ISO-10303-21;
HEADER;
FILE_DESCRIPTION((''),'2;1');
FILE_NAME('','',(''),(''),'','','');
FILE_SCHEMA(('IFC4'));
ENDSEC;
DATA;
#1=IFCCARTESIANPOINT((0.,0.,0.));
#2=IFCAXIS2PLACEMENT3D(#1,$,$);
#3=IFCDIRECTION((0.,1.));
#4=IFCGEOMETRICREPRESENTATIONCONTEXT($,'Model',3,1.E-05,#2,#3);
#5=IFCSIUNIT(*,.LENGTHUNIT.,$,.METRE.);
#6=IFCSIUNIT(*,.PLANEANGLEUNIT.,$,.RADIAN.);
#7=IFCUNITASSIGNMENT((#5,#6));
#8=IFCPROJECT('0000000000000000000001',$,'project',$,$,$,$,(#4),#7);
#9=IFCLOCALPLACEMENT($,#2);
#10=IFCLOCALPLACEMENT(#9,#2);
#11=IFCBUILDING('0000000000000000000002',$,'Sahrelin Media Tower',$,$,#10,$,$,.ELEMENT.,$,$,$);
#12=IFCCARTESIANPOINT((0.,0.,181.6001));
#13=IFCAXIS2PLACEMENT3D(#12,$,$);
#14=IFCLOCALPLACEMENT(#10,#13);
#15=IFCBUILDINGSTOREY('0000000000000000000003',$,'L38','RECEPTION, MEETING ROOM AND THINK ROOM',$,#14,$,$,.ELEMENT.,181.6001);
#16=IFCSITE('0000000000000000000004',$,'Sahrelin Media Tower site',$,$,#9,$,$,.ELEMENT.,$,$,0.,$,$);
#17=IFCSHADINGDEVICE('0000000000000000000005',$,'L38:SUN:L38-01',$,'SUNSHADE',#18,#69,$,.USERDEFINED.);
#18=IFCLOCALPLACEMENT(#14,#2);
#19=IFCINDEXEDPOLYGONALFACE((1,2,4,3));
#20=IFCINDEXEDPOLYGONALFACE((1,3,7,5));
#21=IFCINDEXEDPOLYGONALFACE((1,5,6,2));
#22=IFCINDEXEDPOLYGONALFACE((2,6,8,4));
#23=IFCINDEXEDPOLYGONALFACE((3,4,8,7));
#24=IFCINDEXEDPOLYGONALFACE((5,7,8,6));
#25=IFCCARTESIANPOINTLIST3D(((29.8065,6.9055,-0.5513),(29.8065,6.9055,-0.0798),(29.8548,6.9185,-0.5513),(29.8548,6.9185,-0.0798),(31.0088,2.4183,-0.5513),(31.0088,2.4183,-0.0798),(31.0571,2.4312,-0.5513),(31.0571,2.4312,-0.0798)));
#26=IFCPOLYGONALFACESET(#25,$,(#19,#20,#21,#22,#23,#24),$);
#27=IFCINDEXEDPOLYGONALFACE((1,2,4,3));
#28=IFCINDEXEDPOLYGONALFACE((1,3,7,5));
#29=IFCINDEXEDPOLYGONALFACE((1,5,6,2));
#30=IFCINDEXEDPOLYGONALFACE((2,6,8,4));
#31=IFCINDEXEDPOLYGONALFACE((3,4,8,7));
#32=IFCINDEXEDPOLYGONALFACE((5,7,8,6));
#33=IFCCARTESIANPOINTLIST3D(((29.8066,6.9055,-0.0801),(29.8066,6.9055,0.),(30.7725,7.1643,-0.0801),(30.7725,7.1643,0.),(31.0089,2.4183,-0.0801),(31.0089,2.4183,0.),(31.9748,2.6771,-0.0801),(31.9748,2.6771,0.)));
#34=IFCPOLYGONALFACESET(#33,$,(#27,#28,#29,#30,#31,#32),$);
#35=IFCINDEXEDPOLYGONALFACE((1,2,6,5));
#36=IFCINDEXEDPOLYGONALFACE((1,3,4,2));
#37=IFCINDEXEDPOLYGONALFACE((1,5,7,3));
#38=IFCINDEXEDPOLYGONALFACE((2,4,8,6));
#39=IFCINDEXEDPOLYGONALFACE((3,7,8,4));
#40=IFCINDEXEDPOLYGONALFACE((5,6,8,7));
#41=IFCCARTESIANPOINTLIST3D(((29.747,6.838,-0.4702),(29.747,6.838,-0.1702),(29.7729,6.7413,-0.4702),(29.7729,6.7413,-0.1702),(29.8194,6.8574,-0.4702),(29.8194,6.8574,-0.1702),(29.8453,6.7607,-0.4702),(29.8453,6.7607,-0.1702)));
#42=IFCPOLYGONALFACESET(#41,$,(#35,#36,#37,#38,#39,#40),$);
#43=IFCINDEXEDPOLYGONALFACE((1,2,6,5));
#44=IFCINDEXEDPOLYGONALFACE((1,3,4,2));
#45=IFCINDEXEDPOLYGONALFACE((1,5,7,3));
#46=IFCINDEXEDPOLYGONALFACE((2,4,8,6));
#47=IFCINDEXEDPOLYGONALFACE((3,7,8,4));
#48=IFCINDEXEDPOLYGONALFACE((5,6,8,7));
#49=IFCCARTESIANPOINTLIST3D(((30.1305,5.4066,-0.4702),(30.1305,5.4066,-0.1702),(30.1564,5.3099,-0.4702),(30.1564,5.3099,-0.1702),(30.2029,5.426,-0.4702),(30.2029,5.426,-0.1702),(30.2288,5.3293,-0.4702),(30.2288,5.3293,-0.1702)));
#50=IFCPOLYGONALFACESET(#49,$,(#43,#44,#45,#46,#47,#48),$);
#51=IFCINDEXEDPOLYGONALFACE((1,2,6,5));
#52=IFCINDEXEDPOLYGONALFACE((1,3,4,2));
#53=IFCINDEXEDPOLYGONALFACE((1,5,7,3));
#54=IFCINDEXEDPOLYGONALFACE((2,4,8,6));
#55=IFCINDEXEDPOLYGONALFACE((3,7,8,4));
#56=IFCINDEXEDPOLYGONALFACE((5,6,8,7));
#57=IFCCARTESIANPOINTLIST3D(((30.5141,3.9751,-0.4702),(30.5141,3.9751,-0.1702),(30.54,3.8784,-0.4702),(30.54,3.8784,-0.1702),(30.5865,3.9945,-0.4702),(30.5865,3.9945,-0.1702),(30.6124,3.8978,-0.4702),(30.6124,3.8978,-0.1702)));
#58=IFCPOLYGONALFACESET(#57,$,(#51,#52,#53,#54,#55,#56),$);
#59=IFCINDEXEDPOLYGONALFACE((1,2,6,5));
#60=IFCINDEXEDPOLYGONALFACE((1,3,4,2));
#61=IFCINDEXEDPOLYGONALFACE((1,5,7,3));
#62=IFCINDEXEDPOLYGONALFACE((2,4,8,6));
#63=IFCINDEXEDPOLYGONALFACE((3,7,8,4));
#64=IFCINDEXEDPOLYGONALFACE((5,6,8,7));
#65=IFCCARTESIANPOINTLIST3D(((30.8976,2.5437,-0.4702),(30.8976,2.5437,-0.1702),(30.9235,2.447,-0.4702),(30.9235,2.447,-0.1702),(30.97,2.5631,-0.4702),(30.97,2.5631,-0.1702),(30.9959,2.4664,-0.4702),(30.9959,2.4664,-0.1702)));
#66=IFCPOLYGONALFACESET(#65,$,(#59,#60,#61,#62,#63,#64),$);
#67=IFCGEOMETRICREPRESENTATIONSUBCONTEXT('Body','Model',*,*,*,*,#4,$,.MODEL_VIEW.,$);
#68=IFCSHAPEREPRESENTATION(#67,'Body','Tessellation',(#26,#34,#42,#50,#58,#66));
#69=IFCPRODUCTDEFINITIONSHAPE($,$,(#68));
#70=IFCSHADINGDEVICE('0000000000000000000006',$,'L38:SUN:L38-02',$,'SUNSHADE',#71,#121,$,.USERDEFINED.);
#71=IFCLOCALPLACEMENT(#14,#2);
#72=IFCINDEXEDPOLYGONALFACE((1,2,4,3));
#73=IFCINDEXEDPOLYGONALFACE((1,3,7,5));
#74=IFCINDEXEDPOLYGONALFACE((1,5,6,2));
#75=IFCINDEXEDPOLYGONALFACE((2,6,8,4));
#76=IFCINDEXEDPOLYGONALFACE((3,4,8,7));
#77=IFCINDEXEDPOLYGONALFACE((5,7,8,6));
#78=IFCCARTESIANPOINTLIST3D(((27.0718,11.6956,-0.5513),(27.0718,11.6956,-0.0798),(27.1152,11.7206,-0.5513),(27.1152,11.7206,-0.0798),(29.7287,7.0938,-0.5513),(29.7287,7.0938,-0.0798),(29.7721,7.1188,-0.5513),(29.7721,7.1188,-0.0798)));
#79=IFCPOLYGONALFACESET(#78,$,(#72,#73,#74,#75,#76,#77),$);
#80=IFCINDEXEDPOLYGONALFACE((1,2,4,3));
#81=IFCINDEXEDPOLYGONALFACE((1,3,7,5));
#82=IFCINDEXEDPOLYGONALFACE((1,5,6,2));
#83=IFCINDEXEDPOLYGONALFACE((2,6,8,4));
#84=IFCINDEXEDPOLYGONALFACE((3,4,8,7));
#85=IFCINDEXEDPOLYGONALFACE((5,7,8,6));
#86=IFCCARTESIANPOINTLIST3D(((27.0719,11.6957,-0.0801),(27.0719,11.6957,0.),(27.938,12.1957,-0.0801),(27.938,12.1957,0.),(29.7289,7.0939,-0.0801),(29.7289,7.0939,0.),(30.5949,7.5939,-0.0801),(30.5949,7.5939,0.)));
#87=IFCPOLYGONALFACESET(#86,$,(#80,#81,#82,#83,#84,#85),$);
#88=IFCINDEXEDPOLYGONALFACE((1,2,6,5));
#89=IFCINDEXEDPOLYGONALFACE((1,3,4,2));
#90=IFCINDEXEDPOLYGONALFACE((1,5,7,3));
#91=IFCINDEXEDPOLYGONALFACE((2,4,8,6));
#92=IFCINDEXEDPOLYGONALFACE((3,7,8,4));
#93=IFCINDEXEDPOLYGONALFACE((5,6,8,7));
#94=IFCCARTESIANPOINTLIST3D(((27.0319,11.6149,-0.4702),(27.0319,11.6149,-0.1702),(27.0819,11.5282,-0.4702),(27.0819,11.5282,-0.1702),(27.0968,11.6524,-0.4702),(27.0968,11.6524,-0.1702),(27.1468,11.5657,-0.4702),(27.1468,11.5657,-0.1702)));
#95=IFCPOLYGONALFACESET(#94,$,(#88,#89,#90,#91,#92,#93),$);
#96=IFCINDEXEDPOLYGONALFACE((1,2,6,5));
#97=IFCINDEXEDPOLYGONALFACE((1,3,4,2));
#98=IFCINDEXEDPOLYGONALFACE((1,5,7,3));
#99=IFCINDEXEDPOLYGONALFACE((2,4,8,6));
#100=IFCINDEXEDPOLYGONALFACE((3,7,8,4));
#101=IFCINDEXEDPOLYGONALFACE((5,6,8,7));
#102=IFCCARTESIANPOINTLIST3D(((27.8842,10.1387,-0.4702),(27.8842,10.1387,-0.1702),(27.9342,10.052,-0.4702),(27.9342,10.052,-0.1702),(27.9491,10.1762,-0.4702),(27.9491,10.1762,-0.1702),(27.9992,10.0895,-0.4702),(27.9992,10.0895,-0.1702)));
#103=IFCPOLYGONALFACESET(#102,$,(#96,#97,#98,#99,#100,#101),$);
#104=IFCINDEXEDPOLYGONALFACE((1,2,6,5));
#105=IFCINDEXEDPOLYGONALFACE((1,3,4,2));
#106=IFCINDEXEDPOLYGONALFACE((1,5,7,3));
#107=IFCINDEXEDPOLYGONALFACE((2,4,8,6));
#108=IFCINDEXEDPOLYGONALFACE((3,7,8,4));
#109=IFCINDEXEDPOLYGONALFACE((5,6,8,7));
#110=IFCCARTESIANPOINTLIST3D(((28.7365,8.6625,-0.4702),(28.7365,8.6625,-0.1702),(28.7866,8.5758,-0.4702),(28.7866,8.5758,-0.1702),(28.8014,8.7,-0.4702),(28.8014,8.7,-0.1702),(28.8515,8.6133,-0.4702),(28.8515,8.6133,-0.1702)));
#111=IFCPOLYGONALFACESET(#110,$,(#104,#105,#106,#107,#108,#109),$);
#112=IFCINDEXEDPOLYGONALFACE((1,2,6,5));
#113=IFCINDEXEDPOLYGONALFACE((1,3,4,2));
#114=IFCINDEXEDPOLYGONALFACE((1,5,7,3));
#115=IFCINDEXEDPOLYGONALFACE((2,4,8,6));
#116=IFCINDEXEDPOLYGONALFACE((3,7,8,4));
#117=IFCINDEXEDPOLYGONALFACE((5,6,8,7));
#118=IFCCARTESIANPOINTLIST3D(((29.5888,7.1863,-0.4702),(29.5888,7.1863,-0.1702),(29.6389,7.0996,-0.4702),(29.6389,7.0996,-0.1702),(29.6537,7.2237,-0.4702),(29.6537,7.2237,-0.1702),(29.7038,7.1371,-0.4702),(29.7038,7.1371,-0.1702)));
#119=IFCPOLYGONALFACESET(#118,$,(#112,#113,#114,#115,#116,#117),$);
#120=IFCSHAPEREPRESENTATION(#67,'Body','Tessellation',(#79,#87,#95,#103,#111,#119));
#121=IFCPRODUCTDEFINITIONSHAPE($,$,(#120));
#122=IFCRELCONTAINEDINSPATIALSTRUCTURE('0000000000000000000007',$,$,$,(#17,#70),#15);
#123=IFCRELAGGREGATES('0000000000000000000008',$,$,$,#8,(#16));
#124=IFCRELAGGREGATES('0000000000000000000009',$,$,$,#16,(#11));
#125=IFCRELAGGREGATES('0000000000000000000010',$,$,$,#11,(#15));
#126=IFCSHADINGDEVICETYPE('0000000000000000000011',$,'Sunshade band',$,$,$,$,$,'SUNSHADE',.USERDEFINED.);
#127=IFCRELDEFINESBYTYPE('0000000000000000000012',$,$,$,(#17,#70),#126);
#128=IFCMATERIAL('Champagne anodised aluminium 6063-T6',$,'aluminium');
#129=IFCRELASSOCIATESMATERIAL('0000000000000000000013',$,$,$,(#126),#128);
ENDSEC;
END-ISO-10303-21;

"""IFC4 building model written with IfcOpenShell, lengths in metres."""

from ifc_helpers import new_model, si_unit, direction, frame, origin, origin_2d, place, context, subcontext, project, spatial, rectangle, extrude, material, type_object, element, save


model = new_model("IFC4")

# Units and contexts
model_context = context("Model", 3, precision=1e-05, world=origin(), true_north=direction((0.0, 1.0)))
body_context = subcontext(model_context, "Body", "Model", "MODEL_VIEW")
ifc_project = project(units=[si_unit("LENGTHUNIT", "METRE"), si_unit("PLANEANGLEUNIT", "RADIAN")], contexts=[model_context])

# Site, building, storey
site_placement = place(None, origin())
site = spatial("IfcSite", under=ifc_project, at=site_placement, Name="Sahrelin Media Tower site", CompositionType="ELEMENT", RefElevation=0.0)
building_placement = place(site_placement, origin())
building = spatial("IfcBuilding", under=site, at=building_placement, Name="Sahrelin Media Tower", CompositionType="ELEMENT")
storey_placement = place(building_placement, frame((0.0, 0.0, 181.6001)))
storey = spatial("IfcBuildingStorey", under=building, at=storey_placement, Name="L38", Description="RECEPTION, MEETING ROOM AND THINK ROOM", CompositionType="ELEMENT", Elevation=181.6001)

# Shared definitions
ifc_material_1 = material(Name="Champagne anodised aluminium 6063-T6", Category="aluminium")

# Shading devices
placement_1 = place(storey_placement, frame((30.3884, 4.6567, 0.0), z_axis=(0.0, 0.0, 1.0), x_axis=(0.258808, -0.965929, 0.0)))
placement_2 = place(storey_placement, frame((28.3831, 9.3848, 0.0), z_axis=(0.0, 0.0, 1.0), x_axis=(0.500011, -0.866019, 0.0)))
shading_device_type_1 = type_object("IfcShadingDeviceType", Name="Sunshade band", ElementType="SUNSHADE", PredefinedType="USERDEFINED", material=ifc_material_1)
element("IfcShadingDevice", 1, at=placement_1, inside=storey, type_object=shading_device_type_1, Name="L38:SUN:L38-01", ObjectType="SUNSHADE", PredefinedType="USERDEFINED", context=body_context, shape_type="SweptSolid", body=[
    extrude(rectangle(XDim=4.6455, YDim=0.05, at=origin_2d()), frame((0.0, 0.0449, -0.5513)), (0.0, 0.0, 1.0), 0.4714),
    extrude(rectangle(XDim=4.6455, YDim=1.0, at=origin_2d()), frame((0.0, 0.52, -0.0801)), (0.0, 0.0, 1.0), 0.0801),
    extrude(rectangle(XDim=0.1001, YDim=0.075, at=origin_2d()), frame((-2.2229, -0.0176, -0.4702)), (0.0, 0.0, 1.0), 0.3),
    extrude(rectangle(XDim=0.1001, YDim=0.075, at=origin_2d()), frame((-0.741, -0.0176, -0.4702)), (0.0, 0.0, 1.0), 0.3),
    extrude(rectangle(XDim=0.1001, YDim=0.075, at=origin_2d()), frame((0.741, -0.0176, -0.4702)), (0.0, 0.0, 1.0), 0.3),
    extrude(rectangle(XDim=0.1001, YDim=0.075, at=origin_2d()), frame((2.2229, -0.0176, -0.4702)), (0.0, 0.0, 1.0), 0.3),
])
element("IfcShadingDevice", 2, at=placement_2, inside=storey, type_object=shading_device_type_1, Name="L38:SUN:L38-02", ObjectType="SUNSHADE", PredefinedType="USERDEFINED", context=body_context, shape_type="SweptSolid", body=[
    extrude(rectangle(XDim=5.3137, YDim=0.05, at=origin_2d()), frame((0.0, 0.0449, -0.5513)), (0.0, 0.0, 1.0), 0.4714),
    extrude(rectangle(XDim=5.3137, YDim=1.0, at=origin_2d()), frame((0.0, 0.52, -0.0801)), (0.0, 0.0, 1.0), 0.0801),
    extrude(rectangle(XDim=0.1001, YDim=0.075, at=origin_2d()), frame((-2.5569, -0.0176, -0.4702)), (0.0, 0.0, 1.0), 0.3),
    extrude(rectangle(XDim=0.1001, YDim=0.075, at=origin_2d()), frame((-0.8523, -0.0176, -0.4702)), (0.0, 0.0, 1.0), 0.3),
    extrude(rectangle(XDim=0.1001, YDim=0.075, at=origin_2d()), frame((0.8523, -0.0176, -0.4702)), (0.0, 0.0, 1.0), 0.3),
    extrude(rectangle(XDim=0.1001, YDim=0.075, at=origin_2d()), frame((2.5569, -0.0176, -0.4702)), (0.0, 0.0, 1.0), 0.3),
])

save(model, "model.ifc")
